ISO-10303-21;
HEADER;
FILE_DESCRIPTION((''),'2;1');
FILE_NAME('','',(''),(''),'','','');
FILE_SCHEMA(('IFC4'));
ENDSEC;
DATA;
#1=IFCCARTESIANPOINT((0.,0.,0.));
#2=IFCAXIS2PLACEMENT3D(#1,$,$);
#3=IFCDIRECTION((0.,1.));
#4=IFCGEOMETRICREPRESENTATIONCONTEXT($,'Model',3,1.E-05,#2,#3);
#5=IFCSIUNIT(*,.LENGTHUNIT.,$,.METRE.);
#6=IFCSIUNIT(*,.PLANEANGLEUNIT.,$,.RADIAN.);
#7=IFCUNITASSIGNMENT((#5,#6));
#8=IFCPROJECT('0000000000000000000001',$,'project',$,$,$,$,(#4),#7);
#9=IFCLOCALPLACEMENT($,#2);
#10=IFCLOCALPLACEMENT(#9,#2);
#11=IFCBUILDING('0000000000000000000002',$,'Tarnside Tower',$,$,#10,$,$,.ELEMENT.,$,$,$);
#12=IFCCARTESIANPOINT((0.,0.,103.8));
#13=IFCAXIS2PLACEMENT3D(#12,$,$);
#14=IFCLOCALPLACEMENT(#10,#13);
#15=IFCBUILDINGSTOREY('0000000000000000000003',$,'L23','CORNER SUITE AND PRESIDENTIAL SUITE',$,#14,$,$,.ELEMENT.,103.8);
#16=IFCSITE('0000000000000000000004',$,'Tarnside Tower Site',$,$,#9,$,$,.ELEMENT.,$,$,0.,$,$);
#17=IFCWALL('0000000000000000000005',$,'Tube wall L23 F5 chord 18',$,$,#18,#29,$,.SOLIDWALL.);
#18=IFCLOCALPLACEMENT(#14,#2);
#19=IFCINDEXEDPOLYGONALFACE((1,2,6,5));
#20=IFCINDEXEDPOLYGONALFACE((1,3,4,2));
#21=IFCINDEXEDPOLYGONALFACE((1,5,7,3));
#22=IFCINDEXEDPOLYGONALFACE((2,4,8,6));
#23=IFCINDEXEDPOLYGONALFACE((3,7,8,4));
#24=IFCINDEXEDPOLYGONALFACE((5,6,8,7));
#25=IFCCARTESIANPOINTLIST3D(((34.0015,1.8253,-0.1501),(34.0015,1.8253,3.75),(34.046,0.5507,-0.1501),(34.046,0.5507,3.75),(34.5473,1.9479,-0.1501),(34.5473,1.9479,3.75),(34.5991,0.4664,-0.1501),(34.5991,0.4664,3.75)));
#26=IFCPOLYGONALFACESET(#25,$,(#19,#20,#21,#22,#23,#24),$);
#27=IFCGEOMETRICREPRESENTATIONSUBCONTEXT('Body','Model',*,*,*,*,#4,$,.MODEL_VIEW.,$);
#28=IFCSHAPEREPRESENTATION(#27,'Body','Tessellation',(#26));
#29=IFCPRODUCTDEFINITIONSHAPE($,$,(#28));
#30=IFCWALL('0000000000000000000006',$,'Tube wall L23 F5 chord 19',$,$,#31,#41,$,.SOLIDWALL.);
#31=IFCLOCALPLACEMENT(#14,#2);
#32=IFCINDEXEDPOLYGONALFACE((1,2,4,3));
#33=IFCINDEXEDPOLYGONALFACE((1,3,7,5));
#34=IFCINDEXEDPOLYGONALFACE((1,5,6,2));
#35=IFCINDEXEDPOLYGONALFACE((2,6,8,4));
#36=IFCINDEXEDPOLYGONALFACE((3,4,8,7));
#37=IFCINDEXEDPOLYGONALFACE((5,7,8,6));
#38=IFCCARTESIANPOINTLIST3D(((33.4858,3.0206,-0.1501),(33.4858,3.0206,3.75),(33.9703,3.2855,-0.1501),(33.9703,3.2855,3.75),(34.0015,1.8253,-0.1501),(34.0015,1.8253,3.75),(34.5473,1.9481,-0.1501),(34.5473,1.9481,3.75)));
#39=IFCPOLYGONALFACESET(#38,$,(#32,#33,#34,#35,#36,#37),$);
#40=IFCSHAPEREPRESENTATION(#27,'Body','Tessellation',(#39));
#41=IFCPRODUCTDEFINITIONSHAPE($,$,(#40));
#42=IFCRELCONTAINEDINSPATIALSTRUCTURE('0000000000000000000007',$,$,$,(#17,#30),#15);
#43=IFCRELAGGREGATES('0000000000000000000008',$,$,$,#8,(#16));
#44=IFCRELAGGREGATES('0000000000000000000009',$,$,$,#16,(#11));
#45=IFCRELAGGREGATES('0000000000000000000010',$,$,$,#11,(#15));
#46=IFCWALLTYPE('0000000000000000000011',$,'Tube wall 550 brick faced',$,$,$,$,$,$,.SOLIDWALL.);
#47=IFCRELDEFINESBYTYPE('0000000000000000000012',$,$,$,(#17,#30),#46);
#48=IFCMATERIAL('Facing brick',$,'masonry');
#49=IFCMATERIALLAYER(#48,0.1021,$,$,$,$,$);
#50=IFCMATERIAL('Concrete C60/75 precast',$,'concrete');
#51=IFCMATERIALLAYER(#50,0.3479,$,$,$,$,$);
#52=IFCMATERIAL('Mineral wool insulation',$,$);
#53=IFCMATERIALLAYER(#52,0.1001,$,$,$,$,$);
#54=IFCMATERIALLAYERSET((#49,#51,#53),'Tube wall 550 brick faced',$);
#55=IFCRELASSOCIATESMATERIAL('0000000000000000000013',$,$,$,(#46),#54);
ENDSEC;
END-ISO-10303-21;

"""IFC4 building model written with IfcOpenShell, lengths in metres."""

from ifc_helpers import new_model, si_unit, direction, frame, origin, place, context, subcontext, project, spatial, polyline, outline, extrude, material, layer, layer_set, type_object, element, save


model = new_model("IFC4")

# Units and contexts
model_context = context("Model", 3, precision=1e-05, world=origin(), true_north=direction((0.0, 1.0)))
body_context = subcontext(model_context, "Body", "Model", "MODEL_VIEW")
ifc_project = project(units=[si_unit("LENGTHUNIT", "METRE"), si_unit("PLANEANGLEUNIT", "RADIAN")], contexts=[model_context])

# Site, building, storey
site_placement = place(None, origin())
site = spatial("IfcSite", under=ifc_project, at=site_placement, Name="Tarnside Tower Site", CompositionType="ELEMENT", RefElevation=0.0)
building_placement = place(site_placement, origin())
building = spatial("IfcBuilding", under=site, at=building_placement, Name="Tarnside Tower", CompositionType="ELEMENT")
storey_placement = place(building_placement, frame((0.0, 0.0, 103.8)))
storey = spatial("IfcBuildingStorey", under=building, at=storey_placement, Name="L23", Description="CORNER SUITE AND PRESIDENTIAL SUITE", CompositionType="ELEMENT", Elevation=103.8)

# Walls
ifc_material_1 = material(Name="Facing brick", Category="masonry")
ifc_layer_1 = layer(ifc_material_1, 0.1021)
ifc_material_2 = material(Name="Concrete C60/75 precast", Category="concrete")
ifc_layer_2 = layer(ifc_material_2, 0.3479)
ifc_material_3 = material(Name="Mineral wool insulation")
ifc_layer_3 = layer(ifc_material_3, 0.1001)
ifc_layer_set_1 = layer_set([ifc_layer_1, ifc_layer_2, ifc_layer_3], Name="Tube wall 550 brick faced")
wall_type_1 = type_object("IfcWallType", Name="Tube wall 550 brick faced", PredefinedType="SOLIDWALL", material=ifc_layer_set_1)
wall_1_placement = place(storey_placement, frame((34.3225, 0.5085, -0.1501), z_axis=(0.0, 0.0, 1.0), x_axis=(-0.034877, 0.999392, 0.0)))
element("IfcWall", 1, at=wall_1_placement, inside=storey, type_object=wall_type_1, Name="Tube wall L23 F5 chord 18", PredefinedType="SOLIDWALL", context=body_context, shape_type="SweptSolid", body=[
    extrude(outline(polyline([(-0.0518, -0.2749), (1.4307, -0.2749), (1.3271, 0.2749), (0.0518, 0.2749), (-0.0518, -0.2749)])), origin(), (0.0, 0.0, 1.0), 3.9001),
])
wall_2_placement = place(storey_placement, frame((34.2744, 1.8867, -0.1501), z_axis=(0.0, 0.0, 1.0), x_axis=(-0.396161, 0.918181, 0.0)))
element("IfcWall", 2, at=wall_2_placement, inside=storey, type_object=wall_type_1, Name="Tube wall L23 F5 chord 19", PredefinedType="SOLIDWALL", context=body_context, shape_type="SweptSolid", body=[
    extrude(outline(polyline([(-0.0518, -0.2749), (1.4048, -0.2749), (1.3535, 0.2749), (0.0518, 0.2749), (-0.0518, -0.2749)])), origin(), (0.0, 0.0, 1.0), 3.9001),
])

save(model, "model.ifc")
